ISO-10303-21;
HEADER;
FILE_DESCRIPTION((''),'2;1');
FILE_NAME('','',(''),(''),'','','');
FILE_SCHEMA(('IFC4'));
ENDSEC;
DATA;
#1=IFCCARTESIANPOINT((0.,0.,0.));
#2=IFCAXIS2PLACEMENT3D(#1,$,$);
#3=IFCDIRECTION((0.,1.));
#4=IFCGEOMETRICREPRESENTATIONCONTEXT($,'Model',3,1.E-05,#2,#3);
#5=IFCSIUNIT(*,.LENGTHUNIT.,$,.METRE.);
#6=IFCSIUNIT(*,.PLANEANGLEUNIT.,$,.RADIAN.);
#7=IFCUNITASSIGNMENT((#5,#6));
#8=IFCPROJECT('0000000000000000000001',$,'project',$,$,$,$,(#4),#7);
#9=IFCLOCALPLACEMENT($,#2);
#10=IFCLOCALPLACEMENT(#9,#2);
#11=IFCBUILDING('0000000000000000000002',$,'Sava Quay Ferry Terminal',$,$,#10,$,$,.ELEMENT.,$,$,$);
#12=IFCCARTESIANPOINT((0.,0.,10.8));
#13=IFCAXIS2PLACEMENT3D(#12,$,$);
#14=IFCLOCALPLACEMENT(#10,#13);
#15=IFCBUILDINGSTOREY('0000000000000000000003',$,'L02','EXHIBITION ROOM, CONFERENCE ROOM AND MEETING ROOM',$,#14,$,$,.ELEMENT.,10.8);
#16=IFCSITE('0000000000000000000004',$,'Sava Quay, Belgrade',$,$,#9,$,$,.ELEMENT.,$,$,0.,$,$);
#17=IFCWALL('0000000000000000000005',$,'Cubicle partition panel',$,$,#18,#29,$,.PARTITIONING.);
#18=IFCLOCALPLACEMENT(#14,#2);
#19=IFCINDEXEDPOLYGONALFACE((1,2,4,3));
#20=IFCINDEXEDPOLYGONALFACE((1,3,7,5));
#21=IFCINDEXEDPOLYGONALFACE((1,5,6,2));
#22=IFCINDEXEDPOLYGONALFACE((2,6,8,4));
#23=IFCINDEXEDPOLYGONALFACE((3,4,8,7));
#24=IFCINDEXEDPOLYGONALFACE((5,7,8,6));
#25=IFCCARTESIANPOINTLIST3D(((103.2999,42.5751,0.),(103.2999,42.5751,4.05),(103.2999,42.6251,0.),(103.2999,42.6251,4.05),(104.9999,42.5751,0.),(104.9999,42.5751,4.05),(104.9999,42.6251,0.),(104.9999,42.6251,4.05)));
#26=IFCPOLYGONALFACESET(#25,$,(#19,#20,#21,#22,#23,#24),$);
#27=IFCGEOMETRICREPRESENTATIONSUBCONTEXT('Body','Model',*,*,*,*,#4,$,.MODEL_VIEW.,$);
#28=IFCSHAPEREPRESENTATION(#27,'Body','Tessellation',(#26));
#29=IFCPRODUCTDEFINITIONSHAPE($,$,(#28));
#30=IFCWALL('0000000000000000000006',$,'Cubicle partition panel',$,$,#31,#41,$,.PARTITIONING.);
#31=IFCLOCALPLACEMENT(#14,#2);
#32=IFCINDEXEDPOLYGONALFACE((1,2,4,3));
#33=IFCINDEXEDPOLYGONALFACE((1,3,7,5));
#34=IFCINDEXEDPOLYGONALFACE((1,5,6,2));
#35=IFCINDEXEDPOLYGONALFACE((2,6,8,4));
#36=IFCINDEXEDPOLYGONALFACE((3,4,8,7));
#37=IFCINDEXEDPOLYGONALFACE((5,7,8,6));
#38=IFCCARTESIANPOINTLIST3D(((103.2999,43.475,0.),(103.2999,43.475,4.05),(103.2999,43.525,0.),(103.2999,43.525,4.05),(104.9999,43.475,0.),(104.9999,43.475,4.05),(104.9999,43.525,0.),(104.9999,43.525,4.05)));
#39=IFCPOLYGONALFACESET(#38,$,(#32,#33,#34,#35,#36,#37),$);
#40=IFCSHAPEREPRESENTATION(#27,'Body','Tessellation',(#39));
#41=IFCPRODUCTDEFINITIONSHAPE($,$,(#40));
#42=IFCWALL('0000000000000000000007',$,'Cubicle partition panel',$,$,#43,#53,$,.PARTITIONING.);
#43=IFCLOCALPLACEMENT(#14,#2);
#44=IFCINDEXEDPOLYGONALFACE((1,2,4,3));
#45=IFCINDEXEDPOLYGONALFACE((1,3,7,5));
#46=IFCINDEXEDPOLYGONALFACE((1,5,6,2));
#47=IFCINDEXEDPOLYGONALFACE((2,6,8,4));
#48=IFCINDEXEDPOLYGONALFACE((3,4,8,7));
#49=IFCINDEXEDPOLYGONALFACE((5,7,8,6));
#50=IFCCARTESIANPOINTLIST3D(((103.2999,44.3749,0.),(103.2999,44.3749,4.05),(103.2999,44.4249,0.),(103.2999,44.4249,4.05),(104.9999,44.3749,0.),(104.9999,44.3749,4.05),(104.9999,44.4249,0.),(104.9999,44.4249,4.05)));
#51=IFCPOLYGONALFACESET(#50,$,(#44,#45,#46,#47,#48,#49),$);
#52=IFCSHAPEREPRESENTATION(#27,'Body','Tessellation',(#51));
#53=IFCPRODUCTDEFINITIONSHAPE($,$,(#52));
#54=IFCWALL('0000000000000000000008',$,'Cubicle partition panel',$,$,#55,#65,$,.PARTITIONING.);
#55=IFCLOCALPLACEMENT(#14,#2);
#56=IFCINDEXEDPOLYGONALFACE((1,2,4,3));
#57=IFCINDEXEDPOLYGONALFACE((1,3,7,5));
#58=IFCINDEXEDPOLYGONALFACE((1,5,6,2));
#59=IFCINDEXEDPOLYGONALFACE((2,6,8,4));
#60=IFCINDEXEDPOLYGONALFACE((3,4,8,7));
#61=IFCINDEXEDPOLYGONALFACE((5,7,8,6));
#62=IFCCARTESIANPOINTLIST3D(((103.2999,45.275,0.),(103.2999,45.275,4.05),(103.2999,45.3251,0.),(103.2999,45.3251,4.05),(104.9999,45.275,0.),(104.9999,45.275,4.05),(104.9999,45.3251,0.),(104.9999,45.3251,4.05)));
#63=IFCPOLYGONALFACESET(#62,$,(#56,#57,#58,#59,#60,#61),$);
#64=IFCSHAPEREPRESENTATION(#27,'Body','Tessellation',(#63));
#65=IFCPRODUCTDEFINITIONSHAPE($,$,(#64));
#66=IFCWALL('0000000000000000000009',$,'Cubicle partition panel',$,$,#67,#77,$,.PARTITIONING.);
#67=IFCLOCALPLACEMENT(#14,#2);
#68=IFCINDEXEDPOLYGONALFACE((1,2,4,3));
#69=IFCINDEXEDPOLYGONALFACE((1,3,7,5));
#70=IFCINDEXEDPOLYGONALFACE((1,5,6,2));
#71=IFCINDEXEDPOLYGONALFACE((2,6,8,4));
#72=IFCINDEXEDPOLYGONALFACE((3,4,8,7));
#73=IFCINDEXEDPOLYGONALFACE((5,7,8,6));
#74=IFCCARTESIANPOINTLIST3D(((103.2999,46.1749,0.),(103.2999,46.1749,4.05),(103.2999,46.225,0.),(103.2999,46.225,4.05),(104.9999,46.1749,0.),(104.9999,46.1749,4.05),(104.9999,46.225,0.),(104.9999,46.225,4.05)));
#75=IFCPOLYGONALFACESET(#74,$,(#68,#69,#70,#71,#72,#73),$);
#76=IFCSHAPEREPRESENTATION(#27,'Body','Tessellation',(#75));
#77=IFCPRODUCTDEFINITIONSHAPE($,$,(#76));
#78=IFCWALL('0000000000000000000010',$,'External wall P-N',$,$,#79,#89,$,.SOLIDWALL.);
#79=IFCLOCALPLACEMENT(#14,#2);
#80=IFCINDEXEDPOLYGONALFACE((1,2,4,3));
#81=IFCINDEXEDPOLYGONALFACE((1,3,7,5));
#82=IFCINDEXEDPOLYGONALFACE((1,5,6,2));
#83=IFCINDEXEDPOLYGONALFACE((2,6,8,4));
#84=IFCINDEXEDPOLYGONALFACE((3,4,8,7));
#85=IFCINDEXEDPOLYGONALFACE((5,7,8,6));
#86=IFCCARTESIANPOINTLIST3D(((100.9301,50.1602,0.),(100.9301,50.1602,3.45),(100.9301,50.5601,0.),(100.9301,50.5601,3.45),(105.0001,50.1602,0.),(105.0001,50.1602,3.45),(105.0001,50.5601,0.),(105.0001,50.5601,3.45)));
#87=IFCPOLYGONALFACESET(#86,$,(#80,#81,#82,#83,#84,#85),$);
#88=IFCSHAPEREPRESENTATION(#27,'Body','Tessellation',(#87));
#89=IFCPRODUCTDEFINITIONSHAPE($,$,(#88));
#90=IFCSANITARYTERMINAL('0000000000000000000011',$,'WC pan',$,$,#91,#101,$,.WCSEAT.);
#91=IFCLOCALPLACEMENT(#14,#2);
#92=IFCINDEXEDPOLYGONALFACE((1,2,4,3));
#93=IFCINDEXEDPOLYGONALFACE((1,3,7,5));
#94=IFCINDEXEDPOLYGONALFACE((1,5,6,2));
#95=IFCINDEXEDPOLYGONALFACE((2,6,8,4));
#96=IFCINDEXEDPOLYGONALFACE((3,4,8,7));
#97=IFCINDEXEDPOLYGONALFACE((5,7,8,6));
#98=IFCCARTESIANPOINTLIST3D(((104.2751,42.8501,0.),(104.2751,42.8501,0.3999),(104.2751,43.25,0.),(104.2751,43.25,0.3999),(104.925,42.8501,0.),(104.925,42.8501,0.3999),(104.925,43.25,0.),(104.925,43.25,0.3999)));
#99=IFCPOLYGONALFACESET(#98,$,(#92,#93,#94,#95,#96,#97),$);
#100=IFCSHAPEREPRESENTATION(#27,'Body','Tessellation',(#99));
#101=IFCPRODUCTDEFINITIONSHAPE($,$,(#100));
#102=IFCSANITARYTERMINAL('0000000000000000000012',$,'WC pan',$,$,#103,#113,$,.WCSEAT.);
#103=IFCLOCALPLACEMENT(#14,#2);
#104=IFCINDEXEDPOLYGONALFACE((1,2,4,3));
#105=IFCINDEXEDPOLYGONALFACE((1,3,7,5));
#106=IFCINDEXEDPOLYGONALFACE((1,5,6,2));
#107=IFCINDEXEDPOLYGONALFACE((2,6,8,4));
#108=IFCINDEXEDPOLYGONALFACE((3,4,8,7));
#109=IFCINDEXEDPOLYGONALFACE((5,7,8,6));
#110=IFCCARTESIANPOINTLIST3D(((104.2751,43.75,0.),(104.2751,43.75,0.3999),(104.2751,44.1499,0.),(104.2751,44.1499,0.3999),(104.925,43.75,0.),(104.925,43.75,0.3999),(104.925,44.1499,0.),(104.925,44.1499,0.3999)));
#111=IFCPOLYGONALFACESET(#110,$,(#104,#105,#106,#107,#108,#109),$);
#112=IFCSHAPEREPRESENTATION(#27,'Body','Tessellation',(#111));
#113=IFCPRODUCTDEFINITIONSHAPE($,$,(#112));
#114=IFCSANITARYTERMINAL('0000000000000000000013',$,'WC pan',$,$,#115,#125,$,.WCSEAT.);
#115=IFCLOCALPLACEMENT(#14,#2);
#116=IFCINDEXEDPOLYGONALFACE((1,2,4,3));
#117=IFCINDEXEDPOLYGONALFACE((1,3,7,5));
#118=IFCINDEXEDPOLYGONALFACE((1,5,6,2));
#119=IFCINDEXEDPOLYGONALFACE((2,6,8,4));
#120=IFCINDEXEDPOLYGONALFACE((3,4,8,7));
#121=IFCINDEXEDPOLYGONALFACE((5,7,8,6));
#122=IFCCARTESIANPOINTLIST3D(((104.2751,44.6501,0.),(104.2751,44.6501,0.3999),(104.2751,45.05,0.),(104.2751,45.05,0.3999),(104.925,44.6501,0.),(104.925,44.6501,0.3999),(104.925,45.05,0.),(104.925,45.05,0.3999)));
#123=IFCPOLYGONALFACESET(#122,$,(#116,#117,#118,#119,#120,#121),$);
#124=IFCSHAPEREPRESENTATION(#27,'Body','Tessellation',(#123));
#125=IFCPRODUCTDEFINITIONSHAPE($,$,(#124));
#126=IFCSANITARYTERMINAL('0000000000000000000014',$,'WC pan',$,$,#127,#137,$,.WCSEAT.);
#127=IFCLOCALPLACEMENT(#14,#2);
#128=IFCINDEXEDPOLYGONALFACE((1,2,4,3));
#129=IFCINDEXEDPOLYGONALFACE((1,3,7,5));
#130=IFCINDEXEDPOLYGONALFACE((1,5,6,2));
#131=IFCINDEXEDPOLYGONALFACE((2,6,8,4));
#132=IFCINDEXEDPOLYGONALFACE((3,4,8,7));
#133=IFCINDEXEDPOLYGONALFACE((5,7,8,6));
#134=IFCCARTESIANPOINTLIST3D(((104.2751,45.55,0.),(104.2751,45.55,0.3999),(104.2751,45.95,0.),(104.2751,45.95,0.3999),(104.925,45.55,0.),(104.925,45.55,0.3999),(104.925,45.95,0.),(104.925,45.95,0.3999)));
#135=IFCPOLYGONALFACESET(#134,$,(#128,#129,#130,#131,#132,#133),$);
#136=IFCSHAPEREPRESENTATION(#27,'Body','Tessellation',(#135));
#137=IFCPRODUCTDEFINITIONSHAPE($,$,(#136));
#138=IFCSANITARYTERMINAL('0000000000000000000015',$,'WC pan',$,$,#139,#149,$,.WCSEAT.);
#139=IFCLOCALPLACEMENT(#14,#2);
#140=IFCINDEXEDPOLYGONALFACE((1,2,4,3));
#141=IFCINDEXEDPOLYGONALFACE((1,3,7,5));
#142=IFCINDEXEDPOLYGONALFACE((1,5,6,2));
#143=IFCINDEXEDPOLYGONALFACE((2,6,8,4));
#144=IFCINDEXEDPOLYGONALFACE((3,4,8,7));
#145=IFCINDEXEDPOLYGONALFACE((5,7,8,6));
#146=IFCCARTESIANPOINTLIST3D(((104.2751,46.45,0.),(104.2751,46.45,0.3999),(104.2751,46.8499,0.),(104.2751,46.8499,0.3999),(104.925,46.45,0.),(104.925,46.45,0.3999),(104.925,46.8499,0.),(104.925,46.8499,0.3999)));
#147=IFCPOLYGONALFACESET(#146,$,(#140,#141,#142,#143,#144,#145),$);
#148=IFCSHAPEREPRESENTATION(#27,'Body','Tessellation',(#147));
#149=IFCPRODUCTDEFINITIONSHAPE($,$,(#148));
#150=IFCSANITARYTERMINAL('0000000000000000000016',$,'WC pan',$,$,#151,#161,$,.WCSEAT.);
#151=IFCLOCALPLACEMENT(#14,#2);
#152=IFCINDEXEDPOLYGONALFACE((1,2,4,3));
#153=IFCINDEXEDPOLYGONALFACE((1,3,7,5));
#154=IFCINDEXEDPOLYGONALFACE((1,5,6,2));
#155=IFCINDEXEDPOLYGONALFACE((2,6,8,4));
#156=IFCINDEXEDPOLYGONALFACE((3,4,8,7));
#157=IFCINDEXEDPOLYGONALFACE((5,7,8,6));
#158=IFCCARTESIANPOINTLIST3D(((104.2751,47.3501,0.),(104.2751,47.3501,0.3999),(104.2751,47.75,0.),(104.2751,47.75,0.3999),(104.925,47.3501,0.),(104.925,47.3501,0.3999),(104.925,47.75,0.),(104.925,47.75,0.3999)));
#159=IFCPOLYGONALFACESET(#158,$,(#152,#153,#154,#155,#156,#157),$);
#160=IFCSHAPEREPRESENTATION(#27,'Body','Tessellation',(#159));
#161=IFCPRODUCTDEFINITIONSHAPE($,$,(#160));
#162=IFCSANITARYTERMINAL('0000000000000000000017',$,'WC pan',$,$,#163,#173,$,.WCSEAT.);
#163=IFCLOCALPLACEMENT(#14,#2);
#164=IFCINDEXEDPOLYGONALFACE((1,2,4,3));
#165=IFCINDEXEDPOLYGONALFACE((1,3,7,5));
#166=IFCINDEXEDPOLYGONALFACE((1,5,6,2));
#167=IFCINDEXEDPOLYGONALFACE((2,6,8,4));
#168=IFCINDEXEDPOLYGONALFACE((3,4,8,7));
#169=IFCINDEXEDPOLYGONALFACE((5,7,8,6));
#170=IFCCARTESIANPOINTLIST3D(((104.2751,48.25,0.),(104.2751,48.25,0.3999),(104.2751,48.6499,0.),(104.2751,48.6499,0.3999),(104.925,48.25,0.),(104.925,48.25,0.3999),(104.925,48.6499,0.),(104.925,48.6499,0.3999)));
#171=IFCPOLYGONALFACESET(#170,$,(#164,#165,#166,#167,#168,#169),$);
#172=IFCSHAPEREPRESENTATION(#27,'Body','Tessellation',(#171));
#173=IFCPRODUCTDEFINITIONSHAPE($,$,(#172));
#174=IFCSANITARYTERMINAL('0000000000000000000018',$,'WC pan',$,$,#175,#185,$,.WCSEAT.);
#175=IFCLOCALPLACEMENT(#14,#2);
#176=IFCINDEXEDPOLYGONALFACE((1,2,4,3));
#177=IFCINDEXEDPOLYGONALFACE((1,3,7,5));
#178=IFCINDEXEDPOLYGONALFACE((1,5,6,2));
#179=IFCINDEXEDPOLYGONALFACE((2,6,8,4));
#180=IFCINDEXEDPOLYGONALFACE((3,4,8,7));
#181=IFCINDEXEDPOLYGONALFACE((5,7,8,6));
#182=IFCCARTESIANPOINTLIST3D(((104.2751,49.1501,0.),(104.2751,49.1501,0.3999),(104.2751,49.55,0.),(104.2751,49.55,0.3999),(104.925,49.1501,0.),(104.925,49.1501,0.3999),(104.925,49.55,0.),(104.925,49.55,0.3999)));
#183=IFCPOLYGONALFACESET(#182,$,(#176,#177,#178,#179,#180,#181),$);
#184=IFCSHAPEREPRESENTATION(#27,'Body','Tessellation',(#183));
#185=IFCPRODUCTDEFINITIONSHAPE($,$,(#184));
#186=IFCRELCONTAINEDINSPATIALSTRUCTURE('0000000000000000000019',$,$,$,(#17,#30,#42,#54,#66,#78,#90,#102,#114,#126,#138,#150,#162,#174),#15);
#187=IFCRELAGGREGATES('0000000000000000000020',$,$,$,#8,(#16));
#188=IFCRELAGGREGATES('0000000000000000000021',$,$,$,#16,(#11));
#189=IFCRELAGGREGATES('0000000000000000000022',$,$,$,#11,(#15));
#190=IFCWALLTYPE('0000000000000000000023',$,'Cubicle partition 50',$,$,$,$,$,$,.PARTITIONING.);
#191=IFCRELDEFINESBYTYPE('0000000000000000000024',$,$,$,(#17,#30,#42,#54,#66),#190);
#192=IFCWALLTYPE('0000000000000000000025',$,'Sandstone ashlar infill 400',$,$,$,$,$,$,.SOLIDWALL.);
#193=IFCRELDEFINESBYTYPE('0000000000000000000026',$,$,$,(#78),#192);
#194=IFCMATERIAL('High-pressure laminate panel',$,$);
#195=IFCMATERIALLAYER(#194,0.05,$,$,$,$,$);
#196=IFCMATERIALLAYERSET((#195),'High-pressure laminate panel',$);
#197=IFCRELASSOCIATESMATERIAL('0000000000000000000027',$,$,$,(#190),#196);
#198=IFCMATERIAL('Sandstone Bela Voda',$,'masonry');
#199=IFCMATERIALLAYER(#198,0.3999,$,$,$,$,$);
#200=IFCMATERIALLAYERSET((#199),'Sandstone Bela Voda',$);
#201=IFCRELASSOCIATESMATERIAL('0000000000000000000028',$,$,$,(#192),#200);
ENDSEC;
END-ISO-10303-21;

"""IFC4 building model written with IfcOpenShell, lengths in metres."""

from ifc_helpers import new_model, si_unit, direction, frame, frame_2d, origin, origin_2d, place, context, subcontext, project, spatial, rectangle, extrude, material, layer, layer_set, type_object, element, save


model = new_model("IFC4")

# Units and contexts
model_context = context("Model", 3, precision=1e-05, world=origin(), true_north=direction((0.0, 1.0)))
body_context = subcontext(model_context, "Body", "Model", "MODEL_VIEW")
ifc_project = project(units=[si_unit("LENGTHUNIT", "METRE"), si_unit("PLANEANGLEUNIT", "RADIAN")], contexts=[model_context])

# Site, building, storey
site_placement = place(None, origin())
site = spatial("IfcSite", under=ifc_project, at=site_placement, Name="Sava Quay, Belgrade", CompositionType="ELEMENT", RefElevation=0.0)
building_placement = place(site_placement, origin())
building = spatial("IfcBuilding", under=site, at=building_placement, Name="Sava Quay Ferry Terminal", CompositionType="ELEMENT")
storey_placement = place(building_placement, frame((0.0, 0.0, 10.8)))
storey = spatial("IfcBuildingStorey", under=building, at=storey_placement, Name="L02", Description="EXHIBITION ROOM, CONFERENCE ROOM AND MEETING ROOM", CompositionType="ELEMENT", Elevation=10.8)

# Shared definitions
ifc_material_1 = material(Name="High-pressure laminate panel")
ifc_layer_1 = layer(ifc_material_1, 0.05)
ifc_layer_set_1 = layer_set([ifc_layer_1], Name="High-pressure laminate panel")
wall_type_1 = type_object("IfcWallType", Name="Cubicle partition 50", PredefinedType="PARTITIONING", material=ifc_layer_set_1)

# Walls
for number, where, z_axis, x_axis, name in (
    (1, (105.0, 42.6001, 0.0), (0.0, 0.0, 1.0), (-1.0, 0.0, 0.0), "Cubicle partition panel"),
    (2, (105.0, 43.5, 0.0), (0.0, 0.0, 1.0), (-1.0, 0.0, 0.0), "Cubicle partition panel"),
    (3, (105.0, 44.3999, 0.0), (0.0, 0.0, 1.0), (-1.0, 0.0, 0.0), "Cubicle partition panel"),
    (4, (105.0, 45.3, 0.0), (0.0, 0.0, 1.0), (-1.0, 0.0, 0.0), "Cubicle partition panel"),
    (5, (105.0, 46.2, 0.0), (0.0, 0.0, 1.0), (-1.0, 0.0, 0.0), "Cubicle partition panel"),
):
    element("IfcWall", number, at=place(storey_placement, frame(where, z_axis=z_axis, x_axis=x_axis)), inside=storey, type_object=wall_type_1, Name=name, PredefinedType="PARTITIONING", context=body_context, shape_type="SweptSolid", body=[
        extrude(rectangle(XDim=1.7, YDim=0.05, at=frame_2d((0.8501, 0.0))), origin(), (0.0, 0.0, 1.0), 4.05),
    ])

# Wall
ifc_material_2 = material(Name="Sandstone Bela Voda", Category="masonry")
ifc_layer_2 = layer(ifc_material_2, 0.3999)
ifc_layer_set_2 = layer_set([ifc_layer_2], Name="Sandstone Bela Voda")
wall_type_2 = type_object("IfcWallType", Name="Sandstone ashlar infill 400", PredefinedType="SOLIDWALL", material=ifc_layer_set_2)
wall_1_placement = place(storey_placement, frame((100.9299, 50.3601, 0.0), z_axis=(0.0, 0.0, 1.0), x_axis=(1.0, 0.0, 0.0)))
element("IfcWall", 6, at=wall_1_placement, inside=storey, type_object=wall_type_2, Name="External wall P-N", PredefinedType="SOLIDWALL", context=body_context, shape_type="SweptSolid", body=[
    extrude(rectangle(XDim=4.0701, YDim=0.3999, at=frame_2d((2.0352, 0.0))), origin(), (0.0, 0.0, 1.0), 3.45),
])

# Sanitary terminals
for number, where, z_axis, x_axis, name in (
    (7, (104.6001, 43.05, 0.0), (0.0, 0.0, 1.0), (1.0, 0.0, 0.0), "WC pan"),
    (8, (104.6001, 43.95, 0.0), (0.0, 0.0, 1.0), (1.0, 0.0, 0.0), "WC pan"),
    (9, (104.6001, 44.8501, 0.0), (0.0, 0.0, 1.0), (1.0, 0.0, 0.0), "WC pan"),
    (10, (104.6001, 45.75, 0.0), (0.0, 0.0, 1.0), (1.0, 0.0, 0.0), "WC pan"),
    (11, (104.6001, 46.6499, 0.0), (0.0, 0.0, 1.0), (1.0, 0.0, 0.0), "WC pan"),
    (12, (104.6001, 47.55, 0.0), (0.0, 0.0, 1.0), (1.0, 0.0, 0.0), "WC pan"),
    (13, (104.6001, 48.45, 0.0), (0.0, 0.0, 1.0), (1.0, 0.0, 0.0), "WC pan"),
    (14, (104.6001, 49.3501, 0.0), (0.0, 0.0, 1.0), (1.0, 0.0, 0.0), "WC pan"),
):
    element("IfcSanitaryTerminal", number, at=place(storey_placement, frame(where, z_axis=z_axis, x_axis=x_axis)), inside=storey, Name=name, PredefinedType="WCSEAT", context=body_context, shape_type="SweptSolid", body=[
        extrude(rectangle(XDim=0.6499, YDim=0.3999, at=origin_2d()), origin(), (0.0, 0.0, 1.0), 0.3999),
    ])

save(model, "model.ifc")
